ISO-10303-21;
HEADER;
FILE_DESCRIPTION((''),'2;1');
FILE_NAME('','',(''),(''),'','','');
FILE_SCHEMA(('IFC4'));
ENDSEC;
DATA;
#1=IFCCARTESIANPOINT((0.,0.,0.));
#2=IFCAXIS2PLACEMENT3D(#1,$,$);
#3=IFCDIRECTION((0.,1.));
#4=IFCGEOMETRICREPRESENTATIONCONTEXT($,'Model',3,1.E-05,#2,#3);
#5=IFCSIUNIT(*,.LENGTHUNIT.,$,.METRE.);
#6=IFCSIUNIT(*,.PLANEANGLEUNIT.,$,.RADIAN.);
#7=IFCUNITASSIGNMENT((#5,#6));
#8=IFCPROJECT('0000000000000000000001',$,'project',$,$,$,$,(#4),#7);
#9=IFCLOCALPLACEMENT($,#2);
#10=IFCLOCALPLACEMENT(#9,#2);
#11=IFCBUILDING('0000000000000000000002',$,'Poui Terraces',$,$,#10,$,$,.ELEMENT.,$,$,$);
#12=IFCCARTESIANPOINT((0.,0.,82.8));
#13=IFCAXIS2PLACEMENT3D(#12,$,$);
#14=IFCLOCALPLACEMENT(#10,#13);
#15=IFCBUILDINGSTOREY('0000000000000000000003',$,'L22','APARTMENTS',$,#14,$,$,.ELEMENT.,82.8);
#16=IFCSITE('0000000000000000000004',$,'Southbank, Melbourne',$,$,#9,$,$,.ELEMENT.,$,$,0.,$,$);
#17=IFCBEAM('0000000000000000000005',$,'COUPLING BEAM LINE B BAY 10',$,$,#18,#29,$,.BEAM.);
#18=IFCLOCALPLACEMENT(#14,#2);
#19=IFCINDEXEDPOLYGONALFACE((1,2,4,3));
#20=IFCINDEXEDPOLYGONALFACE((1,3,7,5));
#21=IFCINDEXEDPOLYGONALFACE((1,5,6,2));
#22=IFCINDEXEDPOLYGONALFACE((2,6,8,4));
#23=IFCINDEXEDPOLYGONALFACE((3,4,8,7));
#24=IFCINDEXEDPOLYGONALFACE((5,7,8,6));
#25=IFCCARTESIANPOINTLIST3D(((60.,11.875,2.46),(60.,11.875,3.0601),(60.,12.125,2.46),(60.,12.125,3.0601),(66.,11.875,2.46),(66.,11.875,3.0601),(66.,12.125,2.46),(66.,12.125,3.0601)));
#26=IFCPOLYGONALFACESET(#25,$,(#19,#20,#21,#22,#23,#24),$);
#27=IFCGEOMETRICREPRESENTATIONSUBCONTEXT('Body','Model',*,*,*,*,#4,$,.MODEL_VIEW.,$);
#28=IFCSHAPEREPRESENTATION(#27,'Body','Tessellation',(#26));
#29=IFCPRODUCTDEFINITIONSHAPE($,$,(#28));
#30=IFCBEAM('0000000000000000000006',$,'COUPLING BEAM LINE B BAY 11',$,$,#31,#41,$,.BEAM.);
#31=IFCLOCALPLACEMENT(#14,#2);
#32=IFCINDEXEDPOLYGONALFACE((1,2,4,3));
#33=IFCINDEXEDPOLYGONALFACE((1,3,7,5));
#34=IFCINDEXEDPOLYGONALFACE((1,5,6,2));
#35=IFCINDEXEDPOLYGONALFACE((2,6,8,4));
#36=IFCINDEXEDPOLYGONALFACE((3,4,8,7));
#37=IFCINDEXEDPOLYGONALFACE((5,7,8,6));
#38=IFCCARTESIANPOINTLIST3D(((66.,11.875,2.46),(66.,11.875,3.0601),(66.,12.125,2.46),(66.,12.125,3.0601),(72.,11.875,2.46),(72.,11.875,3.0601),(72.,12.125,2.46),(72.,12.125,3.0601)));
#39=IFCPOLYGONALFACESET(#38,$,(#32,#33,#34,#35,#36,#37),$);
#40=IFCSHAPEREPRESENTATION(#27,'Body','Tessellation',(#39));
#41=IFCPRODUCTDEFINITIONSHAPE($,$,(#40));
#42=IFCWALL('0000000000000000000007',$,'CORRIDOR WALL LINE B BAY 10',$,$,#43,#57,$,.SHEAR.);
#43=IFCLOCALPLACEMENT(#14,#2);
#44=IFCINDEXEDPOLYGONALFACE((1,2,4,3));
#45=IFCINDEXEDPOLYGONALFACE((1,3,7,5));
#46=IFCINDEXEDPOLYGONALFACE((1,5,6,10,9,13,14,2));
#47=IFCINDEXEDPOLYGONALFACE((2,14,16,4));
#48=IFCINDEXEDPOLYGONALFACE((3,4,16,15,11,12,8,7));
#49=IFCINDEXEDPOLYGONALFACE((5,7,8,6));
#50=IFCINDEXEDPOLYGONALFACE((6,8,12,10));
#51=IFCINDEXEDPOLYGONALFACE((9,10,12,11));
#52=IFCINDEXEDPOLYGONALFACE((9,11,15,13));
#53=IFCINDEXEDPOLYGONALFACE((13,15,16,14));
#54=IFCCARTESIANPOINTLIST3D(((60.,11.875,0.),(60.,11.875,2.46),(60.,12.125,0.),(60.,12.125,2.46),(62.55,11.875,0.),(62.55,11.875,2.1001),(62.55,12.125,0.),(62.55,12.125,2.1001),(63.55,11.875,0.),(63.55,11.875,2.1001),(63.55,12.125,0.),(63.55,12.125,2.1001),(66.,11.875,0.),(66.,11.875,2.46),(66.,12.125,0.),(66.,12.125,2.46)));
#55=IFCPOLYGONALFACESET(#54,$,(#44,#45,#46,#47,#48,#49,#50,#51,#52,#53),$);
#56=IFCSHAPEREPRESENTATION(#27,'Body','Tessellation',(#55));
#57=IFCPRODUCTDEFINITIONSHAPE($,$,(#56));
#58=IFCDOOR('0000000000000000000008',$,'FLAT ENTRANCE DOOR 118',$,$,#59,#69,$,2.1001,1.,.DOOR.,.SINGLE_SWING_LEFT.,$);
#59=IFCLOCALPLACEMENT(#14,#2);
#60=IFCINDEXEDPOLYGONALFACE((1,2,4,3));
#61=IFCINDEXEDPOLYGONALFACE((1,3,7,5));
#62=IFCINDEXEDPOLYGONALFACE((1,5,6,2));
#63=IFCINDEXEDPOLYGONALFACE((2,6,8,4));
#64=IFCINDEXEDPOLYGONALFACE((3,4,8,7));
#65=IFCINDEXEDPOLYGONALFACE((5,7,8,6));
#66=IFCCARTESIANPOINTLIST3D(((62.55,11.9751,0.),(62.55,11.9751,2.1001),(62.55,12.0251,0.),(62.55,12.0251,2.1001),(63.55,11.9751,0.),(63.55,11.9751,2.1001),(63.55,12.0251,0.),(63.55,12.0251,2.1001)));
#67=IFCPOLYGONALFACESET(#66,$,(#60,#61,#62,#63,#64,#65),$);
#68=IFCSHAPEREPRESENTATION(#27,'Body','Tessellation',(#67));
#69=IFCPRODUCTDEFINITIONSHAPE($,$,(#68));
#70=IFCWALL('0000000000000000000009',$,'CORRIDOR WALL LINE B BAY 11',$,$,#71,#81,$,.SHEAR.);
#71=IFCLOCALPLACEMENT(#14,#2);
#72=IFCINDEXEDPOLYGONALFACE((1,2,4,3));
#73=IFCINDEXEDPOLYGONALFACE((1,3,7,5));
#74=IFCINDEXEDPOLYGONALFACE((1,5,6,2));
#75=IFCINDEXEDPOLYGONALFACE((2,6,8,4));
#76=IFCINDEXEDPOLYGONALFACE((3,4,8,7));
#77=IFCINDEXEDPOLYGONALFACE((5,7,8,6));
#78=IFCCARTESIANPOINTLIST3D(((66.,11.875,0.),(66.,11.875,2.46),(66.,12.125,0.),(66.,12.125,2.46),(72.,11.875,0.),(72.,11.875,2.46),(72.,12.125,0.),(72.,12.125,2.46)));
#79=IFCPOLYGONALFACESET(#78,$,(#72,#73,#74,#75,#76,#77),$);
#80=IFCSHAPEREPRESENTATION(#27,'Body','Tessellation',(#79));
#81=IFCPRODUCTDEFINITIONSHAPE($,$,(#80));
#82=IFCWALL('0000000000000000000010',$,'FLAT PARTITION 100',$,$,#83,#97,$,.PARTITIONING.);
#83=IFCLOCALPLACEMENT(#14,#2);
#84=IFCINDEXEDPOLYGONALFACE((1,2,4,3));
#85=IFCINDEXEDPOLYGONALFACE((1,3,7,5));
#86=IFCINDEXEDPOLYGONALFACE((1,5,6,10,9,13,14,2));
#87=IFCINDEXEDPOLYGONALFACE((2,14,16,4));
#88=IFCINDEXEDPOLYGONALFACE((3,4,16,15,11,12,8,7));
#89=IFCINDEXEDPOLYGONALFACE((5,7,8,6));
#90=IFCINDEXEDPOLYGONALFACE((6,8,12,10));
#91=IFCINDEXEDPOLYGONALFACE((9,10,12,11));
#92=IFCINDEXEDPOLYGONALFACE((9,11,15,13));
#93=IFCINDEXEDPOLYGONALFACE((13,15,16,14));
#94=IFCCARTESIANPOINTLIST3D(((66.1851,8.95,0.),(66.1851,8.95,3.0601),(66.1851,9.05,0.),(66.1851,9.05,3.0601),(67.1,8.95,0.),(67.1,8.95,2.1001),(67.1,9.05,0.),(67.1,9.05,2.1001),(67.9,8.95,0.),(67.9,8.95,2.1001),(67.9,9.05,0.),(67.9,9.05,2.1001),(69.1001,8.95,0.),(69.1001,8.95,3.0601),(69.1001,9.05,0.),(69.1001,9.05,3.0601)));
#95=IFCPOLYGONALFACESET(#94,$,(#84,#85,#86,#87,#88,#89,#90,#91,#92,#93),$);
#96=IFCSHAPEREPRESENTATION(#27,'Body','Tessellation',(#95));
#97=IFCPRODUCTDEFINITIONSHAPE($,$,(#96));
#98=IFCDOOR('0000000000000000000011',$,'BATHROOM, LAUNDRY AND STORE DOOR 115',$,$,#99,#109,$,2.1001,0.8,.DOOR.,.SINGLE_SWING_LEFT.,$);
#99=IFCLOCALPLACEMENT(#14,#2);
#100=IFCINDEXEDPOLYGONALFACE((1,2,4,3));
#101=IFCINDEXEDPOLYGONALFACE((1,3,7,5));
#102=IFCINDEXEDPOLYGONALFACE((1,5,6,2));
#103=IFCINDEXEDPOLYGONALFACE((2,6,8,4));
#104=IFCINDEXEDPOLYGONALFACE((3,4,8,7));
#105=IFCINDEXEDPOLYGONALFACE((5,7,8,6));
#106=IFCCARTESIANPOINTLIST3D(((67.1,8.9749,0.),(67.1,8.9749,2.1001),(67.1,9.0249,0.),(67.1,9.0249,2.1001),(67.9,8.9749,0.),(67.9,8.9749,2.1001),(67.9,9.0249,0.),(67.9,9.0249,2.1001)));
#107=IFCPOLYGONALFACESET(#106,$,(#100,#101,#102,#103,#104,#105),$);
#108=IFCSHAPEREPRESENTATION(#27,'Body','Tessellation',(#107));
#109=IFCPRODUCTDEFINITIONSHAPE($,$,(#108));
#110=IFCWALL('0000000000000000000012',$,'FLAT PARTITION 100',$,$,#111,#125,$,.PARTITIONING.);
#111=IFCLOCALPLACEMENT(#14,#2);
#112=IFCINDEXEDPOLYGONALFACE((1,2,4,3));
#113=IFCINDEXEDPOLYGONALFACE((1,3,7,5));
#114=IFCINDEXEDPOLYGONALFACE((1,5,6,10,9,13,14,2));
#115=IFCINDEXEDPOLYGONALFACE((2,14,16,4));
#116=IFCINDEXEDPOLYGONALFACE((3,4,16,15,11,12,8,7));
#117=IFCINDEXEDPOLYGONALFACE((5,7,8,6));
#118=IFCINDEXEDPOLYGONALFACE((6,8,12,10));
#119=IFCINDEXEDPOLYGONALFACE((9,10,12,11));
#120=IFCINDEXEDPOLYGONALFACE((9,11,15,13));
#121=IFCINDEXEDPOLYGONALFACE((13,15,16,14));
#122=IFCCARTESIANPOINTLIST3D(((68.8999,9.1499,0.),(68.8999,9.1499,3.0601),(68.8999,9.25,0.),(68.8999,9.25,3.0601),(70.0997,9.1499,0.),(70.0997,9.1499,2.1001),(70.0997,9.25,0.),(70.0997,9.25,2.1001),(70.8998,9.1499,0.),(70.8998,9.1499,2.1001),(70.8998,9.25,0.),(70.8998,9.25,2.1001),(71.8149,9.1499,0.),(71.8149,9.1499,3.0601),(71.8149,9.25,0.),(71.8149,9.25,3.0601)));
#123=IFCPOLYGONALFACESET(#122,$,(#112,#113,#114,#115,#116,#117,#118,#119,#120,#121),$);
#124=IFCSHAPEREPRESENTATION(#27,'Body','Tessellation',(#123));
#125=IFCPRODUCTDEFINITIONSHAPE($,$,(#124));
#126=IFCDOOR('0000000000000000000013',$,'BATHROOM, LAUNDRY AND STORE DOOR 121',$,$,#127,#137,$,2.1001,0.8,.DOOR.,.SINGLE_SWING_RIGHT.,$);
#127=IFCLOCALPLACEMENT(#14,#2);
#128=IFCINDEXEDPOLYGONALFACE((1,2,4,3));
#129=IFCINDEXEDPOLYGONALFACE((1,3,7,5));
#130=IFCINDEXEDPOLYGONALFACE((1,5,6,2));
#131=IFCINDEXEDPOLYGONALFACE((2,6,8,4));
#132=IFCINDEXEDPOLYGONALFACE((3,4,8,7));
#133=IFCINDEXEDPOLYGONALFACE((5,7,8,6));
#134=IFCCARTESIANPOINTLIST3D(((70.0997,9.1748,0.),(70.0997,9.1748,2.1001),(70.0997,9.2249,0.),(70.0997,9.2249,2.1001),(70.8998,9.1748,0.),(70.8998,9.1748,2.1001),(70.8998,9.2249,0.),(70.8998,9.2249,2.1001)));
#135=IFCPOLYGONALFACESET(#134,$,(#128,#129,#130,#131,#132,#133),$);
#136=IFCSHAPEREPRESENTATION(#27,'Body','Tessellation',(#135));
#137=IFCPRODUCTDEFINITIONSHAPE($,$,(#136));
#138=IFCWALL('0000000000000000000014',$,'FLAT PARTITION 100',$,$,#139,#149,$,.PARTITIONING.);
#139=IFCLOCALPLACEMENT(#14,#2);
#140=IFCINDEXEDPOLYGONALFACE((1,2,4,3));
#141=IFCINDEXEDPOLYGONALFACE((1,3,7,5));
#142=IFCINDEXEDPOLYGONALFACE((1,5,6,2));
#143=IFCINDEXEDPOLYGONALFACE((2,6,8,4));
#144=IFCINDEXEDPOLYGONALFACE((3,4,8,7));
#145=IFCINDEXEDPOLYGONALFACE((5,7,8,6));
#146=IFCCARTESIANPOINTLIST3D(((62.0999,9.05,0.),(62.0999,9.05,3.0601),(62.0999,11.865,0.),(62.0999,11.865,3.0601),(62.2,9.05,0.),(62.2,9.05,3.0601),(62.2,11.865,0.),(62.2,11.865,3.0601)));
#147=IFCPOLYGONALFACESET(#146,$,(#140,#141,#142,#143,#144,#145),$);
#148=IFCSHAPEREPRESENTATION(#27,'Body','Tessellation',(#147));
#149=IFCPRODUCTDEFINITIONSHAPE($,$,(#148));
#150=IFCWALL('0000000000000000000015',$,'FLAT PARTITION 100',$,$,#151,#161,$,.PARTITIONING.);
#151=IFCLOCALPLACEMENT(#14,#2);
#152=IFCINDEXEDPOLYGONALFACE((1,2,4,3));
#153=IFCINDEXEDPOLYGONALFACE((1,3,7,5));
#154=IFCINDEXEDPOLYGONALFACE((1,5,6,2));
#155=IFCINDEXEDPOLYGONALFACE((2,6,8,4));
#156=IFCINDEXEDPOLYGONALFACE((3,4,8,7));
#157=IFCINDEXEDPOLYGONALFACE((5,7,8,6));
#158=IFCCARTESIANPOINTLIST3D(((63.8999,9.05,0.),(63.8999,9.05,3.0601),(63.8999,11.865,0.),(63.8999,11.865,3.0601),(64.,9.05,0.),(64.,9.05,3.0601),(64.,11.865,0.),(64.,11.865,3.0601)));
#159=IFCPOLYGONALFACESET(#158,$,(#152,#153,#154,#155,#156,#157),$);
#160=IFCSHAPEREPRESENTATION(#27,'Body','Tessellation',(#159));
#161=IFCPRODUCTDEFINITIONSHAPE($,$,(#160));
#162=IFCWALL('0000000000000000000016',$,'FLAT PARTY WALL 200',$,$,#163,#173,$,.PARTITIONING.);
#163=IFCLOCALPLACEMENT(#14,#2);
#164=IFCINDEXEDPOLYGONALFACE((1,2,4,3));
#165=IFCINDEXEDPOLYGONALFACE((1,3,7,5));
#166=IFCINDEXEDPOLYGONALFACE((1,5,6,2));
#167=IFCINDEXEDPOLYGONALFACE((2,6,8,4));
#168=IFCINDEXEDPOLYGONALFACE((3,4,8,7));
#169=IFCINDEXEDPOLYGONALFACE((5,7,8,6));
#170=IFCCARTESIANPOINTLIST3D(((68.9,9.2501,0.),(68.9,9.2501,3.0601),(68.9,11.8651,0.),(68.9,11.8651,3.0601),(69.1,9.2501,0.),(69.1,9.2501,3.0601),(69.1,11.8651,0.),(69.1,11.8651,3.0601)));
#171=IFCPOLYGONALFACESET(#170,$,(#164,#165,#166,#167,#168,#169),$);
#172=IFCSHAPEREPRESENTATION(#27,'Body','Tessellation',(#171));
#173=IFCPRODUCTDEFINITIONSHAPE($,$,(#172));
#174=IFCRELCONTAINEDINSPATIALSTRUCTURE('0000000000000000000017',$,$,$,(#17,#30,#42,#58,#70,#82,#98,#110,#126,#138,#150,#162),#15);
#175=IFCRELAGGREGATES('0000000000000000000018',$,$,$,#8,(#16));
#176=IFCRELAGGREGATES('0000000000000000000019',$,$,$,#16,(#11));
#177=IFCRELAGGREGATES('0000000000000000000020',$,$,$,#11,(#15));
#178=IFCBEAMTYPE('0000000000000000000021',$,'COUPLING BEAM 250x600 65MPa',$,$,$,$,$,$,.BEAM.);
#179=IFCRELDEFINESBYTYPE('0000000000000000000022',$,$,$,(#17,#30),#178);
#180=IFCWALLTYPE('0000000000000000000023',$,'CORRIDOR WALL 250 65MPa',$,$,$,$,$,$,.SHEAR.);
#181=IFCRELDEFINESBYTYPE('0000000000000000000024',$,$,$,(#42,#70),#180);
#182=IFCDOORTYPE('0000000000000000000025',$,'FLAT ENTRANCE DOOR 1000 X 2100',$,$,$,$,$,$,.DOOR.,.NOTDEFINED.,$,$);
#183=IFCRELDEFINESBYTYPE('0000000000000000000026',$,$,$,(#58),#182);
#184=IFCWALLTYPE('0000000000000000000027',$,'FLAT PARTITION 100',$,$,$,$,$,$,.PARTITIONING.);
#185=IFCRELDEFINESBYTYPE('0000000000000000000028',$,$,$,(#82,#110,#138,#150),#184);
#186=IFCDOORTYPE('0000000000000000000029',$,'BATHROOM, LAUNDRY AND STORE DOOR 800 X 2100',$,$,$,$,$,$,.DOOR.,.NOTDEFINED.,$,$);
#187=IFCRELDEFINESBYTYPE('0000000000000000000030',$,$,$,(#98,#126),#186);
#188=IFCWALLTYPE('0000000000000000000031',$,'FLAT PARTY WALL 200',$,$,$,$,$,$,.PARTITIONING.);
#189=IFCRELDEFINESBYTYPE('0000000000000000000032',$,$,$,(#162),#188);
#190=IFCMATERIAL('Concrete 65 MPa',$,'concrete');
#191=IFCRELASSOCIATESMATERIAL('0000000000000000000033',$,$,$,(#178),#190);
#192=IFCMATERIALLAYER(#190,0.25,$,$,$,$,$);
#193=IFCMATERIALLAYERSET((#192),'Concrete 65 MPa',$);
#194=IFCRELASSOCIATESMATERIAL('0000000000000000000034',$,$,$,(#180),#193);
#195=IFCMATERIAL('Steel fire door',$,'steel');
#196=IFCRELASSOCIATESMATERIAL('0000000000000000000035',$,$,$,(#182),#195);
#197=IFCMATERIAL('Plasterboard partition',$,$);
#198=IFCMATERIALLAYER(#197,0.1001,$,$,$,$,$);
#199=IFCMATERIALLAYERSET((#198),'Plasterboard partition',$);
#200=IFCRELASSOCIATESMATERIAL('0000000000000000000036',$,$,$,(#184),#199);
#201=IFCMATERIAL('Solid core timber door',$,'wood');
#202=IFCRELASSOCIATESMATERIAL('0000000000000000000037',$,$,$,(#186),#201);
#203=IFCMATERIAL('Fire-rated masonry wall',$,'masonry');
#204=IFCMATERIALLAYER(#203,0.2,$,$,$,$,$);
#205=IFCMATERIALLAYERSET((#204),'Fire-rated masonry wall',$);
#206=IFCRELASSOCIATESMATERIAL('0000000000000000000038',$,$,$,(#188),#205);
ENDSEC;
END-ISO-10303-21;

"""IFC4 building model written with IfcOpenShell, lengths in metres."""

from ifc_helpers import new_model, si_unit, direction, frame, frame_2d, origin, origin_2d, place, context, subcontext, project, spatial, rectangle, extrude, source, transform, mapped, material, layer, layer_set, material_profile, profile_set, type_object, element, fill, save


model = new_model("IFC4")

# Units and contexts
model_context = context("Model", 3, precision=1e-05, world=origin(), true_north=direction((0.0, 1.0)))
body_context = subcontext(model_context, "Body", "Model", "MODEL_VIEW")
ifc_project = project(units=[si_unit("LENGTHUNIT", "METRE"), si_unit("PLANEANGLEUNIT", "RADIAN")], contexts=[model_context])

# Site, building, storey
site_placement = place(None, origin())
site = spatial("IfcSite", under=ifc_project, at=site_placement, Name="Southbank, Melbourne", CompositionType="ELEMENT", RefElevation=0.0)
building_placement = place(site_placement, origin())
building = spatial("IfcBuilding", under=site, at=building_placement, Name="Poui Terraces", CompositionType="ELEMENT")
storey_placement = place(building_placement, frame((0.0, 0.0, 82.8)))
storey = spatial("IfcBuildingStorey", under=building, at=storey_placement, Name="L22", Description="APARTMENTS", CompositionType="ELEMENT", Elevation=82.8)

# Beams
ifc_material_1 = material(Name="Concrete 65 MPa", Category="concrete")
ifc_material_profile = material_profile(ifc_material_1, rectangle(XDim=0.25, YDim=0.6001, at=origin_2d()), Name="RC 250x600")
ifc_profile_set = profile_set([ifc_material_profile], Name="Concrete 65 MPa")
beam_type = type_object("IfcBeamType", Name="COUPLING BEAM 250x600 65MPa", PredefinedType="BEAM", material=ifc_profile_set)
shared_shape = source(origin(), body_context, "Body", "SweptSolid", [
    extrude(rectangle(XDim=0.25, YDim=0.6001, at=origin_2d()), origin(), (0.0, 0.0, 1.0), 6.0),
])
for number, where, z_axis, x_axis, name in (
    (1, (60.0, 12.0, 2.76), (1.0, 0.0, 0.0), (0.0, 1.0, 0.0), "COUPLING BEAM LINE B BAY 10"),
    (2, (66.0, 12.0, 2.76), (1.0, 0.0, 0.0), (0.0, 1.0, 0.0), "COUPLING BEAM LINE B BAY 11"),
):
    element("IfcBeam", number, at=place(storey_placement, frame(where, z_axis=z_axis, x_axis=x_axis)), inside=storey, type_object=beam_type, Name=name, PredefinedType="BEAM", context=body_context, shape_type="MappedRepresentation", body=[
        mapped(shared_shape, transform((0.0, 0.0, 0.0))),
    ])

# Wall, opening, door
ifc_layer_1 = layer(ifc_material_1, 0.25)
ifc_layer_set_1 = layer_set([ifc_layer_1], Name="Concrete 65 MPa")
wall_type_1 = type_object("IfcWallType", Name="CORRIDOR WALL 250 65MPa", PredefinedType="SHEAR", material=ifc_layer_set_1)
wall_1_placement = place(storey_placement, frame((60.0, 12.0, 0.0), z_axis=(0.0, 0.0, 1.0), x_axis=(1.0, 0.0, 0.0)))
wall_1 = element("IfcWall", 3, at=wall_1_placement, inside=storey, type_object=wall_type_1, Name="CORRIDOR WALL LINE B BAY 10", PredefinedType="SHEAR", context=body_context, shape_type="SweptSolid", body=[
    extrude(rectangle(XDim=6.0, YDim=0.25, at=frame_2d((3.0, 0.0))), origin(), (0.0, 0.0, 1.0), 2.46),
])
opening_1_placement = place(wall_1_placement, frame((2.55, 0.0, 0.0)))
opening_1 = element("IfcOpeningElement", 4, at=opening_1_placement, cuts=wall_1, PredefinedType="OPENING", context=body_context, shape_type="SweptSolid", body=[
    extrude(rectangle(XDim=1.0, YDim=2.1001, at=frame_2d((0.5, 1.05))), frame((0.0, 0.135, 0.0), z_axis=(0.0, -1.0, 0.0), x_axis=(1.0, 0.0, 0.0)), (0.0, 0.0, 1.0), 0.27),
])
ifc_material_2 = material(Name="Steel fire door", Category="steel")
door_type_1 = type_object("IfcDoorType", Name="FLAT ENTRANCE DOOR 1000 X 2100", OperationType="NOTDEFINED", PredefinedType="DOOR", material=ifc_material_2)
door_1_placement = place(opening_1_placement, frame((1.0, 0.0, 0.0), z_axis=(0.0, 0.0, 1.0), x_axis=(-1.0, 0.0, 0.0)))
door_1 = element("IfcDoor", 5, at=door_1_placement, inside=storey, type_object=door_type_1, Name="FLAT ENTRANCE DOOR 118", OperationType="SINGLE_SWING_LEFT", OverallHeight=2.1001, OverallWidth=1.0, PredefinedType="DOOR", context=body_context, shape_type="SweptSolid", body=[
    extrude(rectangle(XDim=1.0, YDim=2.1001, at=frame_2d((0.5, 1.05))), frame((0.0, 0.0249, 0.0), z_axis=(0.0, -1.0, 0.0), x_axis=(1.0, 0.0, 0.0)), (0.0, 0.0, 1.0), 0.05),
])
fill(opening_1, door_1)

# Wall
wall_2_placement = place(storey_placement, frame((66.0, 12.0, 0.0), z_axis=(0.0, 0.0, 1.0), x_axis=(1.0, 0.0, 0.0)))
element("IfcWall", 6, at=wall_2_placement, inside=storey, type_object=wall_type_1, Name="CORRIDOR WALL LINE B BAY 11", PredefinedType="SHEAR", context=body_context, shape_type="SweptSolid", body=[
    extrude(rectangle(XDim=6.0, YDim=0.25, at=frame_2d((3.0, 0.0))), origin(), (0.0, 0.0, 1.0), 2.46),
])

# Walls, openings, doors
ifc_material_3 = material(Name="Plasterboard partition")
ifc_layer_2 = layer(ifc_material_3, 0.1001)
ifc_layer_set_2 = layer_set([ifc_layer_2], Name="Plasterboard partition")
wall_type_2 = type_object("IfcWallType", Name="FLAT PARTITION 100", PredefinedType="PARTITIONING", material=ifc_layer_set_2)
wall_3_placement = place(storey_placement, frame((66.1851, 9.0, 0.0), z_axis=(0.0, 0.0, 1.0), x_axis=(1.0, 0.0, 0.0)))
wall_3 = element("IfcWall", 7, at=wall_3_placement, inside=storey, type_object=wall_type_2, Name="FLAT PARTITION 100", PredefinedType="PARTITIONING", context=body_context, shape_type="SweptSolid", body=[
    extrude(rectangle(XDim=2.915, YDim=0.1001, at=frame_2d((1.4575, 0.0))), origin(), (0.0, 0.0, 1.0), 3.0601),
])
opening_2_placement = place(wall_3_placement, frame((0.915, 0.0, 0.0)))
opening_2 = element("IfcOpeningElement", 8, at=opening_2_placement, cuts=wall_3, PredefinedType="OPENING", context=body_context, shape_type="SweptSolid", body=[
    extrude(rectangle(XDim=0.8, YDim=2.1001, at=frame_2d((0.3999, 1.05))), frame((0.0, 0.0601, 0.0), z_axis=(0.0, -1.0, 0.0), x_axis=(1.0, 0.0, 0.0)), (0.0, 0.0, 1.0), 0.1201),
])
ifc_material_4 = material(Name="Solid core timber door", Category="wood")
door_type_2 = type_object("IfcDoorType", Name="BATHROOM, LAUNDRY AND STORE DOOR 800 X 2100", OperationType="NOTDEFINED", PredefinedType="DOOR", material=ifc_material_4)
door_2_placement = place(opening_2_placement, origin())
door_2 = element("IfcDoor", 9, at=door_2_placement, inside=storey, type_object=door_type_2, Name="BATHROOM, LAUNDRY AND STORE DOOR 115", OperationType="SINGLE_SWING_LEFT", OverallHeight=2.1001, OverallWidth=0.8, PredefinedType="DOOR", context=body_context, shape_type="SweptSolid", body=[
    extrude(rectangle(XDim=0.8, YDim=2.1001, at=frame_2d((0.3999, 1.05))), frame((0.0, 0.0249, 0.0), z_axis=(0.0, -1.0, 0.0), x_axis=(1.0, 0.0, 0.0)), (0.0, 0.0, 1.0), 0.05),
])
fill(opening_2, door_2)
wall_4_placement = place(storey_placement, frame((68.8999, 9.2, 0.0), z_axis=(0.0, 0.0, 1.0), x_axis=(1.0, 0.0, 0.0)))
wall_4 = element("IfcWall", 10, at=wall_4_placement, inside=storey, type_object=wall_type_2, Name="FLAT PARTITION 100", PredefinedType="PARTITIONING", context=body_context, shape_type="SweptSolid", body=[
    extrude(rectangle(XDim=2.915, YDim=0.1001, at=frame_2d((1.4575, 0.0))), origin(), (0.0, 0.0, 1.0), 3.0601),
])
opening_3_placement = place(wall_4_placement, frame((1.2, 0.0, 0.0)))
opening_3 = element("IfcOpeningElement", 11, at=opening_3_placement, cuts=wall_4, PredefinedType="OPENING", context=body_context, shape_type="SweptSolid", body=[
    extrude(rectangle(XDim=0.8, YDim=2.1001, at=frame_2d((0.3999, 1.05))), frame((0.0, 0.0601, 0.0), z_axis=(0.0, -1.0, 0.0), x_axis=(1.0, 0.0, 0.0)), (0.0, 0.0, 1.0), 0.1201),
])
door_3_placement = place(opening_3_placement, origin())
door_3 = element("IfcDoor", 12, at=door_3_placement, inside=storey, type_object=door_type_2, Name="BATHROOM, LAUNDRY AND STORE DOOR 121", OperationType="SINGLE_SWING_RIGHT", OverallHeight=2.1001, OverallWidth=0.8, PredefinedType="DOOR", context=body_context, shape_type="SweptSolid", body=[
    extrude(rectangle(XDim=0.8, YDim=2.1001, at=frame_2d((0.3999, 1.05))), frame((0.0, 0.0249, 0.0), z_axis=(0.0, -1.0, 0.0), x_axis=(1.0, 0.0, 0.0)), (0.0, 0.0, 1.0), 0.05),
])
fill(opening_3, door_3)

# Walls
for number, where, z_axis, x_axis, name in (
    (13, (62.1499, 9.05, 0.0), (0.0, 0.0, 1.0), (0.0, 1.0, 0.0), "FLAT PARTITION 100"),
    (14, (63.95, 9.05, 0.0), (0.0, 0.0, 1.0), (0.0, 1.0, 0.0), "FLAT PARTITION 100"),
):
    element("IfcWall", number, at=place(storey_placement, frame(where, z_axis=z_axis, x_axis=x_axis)), inside=storey, type_object=wall_type_2, Name=name, PredefinedType="PARTITIONING", context=body_context, shape_type="SweptSolid", body=[
        extrude(rectangle(XDim=2.8149, YDim=0.1001, at=frame_2d((1.4075, 0.0))), origin(), (0.0, 0.0, 1.0), 3.0601),
    ])
ifc_material_5 = material(Name="Fire-rated masonry wall", Category="masonry")
ifc_layer_3 = layer(ifc_material_5, 0.2)
ifc_layer_set_3 = layer_set([ifc_layer_3], Name="Fire-rated masonry wall")
wall_type_3 = type_object("IfcWallType", Name="FLAT PARTY WALL 200", PredefinedType="PARTITIONING", material=ifc_layer_set_3)
wall_5_placement = place(storey_placement, frame((69.0, 9.25, 0.0), z_axis=(0.0, 0.0, 1.0), x_axis=(0.0, 1.0, 0.0)))
element("IfcWall", 15, at=wall_5_placement, inside=storey, type_object=wall_type_3, Name="FLAT PARTY WALL 200", PredefinedType="PARTITIONING", context=body_context, shape_type="SweptSolid", body=[
    extrude(rectangle(XDim=2.615, YDim=0.2, at=frame_2d((1.3076, 0.0))), origin(), (0.0, 0.0, 1.0), 3.0601),
])

save(model, "model.ifc")
